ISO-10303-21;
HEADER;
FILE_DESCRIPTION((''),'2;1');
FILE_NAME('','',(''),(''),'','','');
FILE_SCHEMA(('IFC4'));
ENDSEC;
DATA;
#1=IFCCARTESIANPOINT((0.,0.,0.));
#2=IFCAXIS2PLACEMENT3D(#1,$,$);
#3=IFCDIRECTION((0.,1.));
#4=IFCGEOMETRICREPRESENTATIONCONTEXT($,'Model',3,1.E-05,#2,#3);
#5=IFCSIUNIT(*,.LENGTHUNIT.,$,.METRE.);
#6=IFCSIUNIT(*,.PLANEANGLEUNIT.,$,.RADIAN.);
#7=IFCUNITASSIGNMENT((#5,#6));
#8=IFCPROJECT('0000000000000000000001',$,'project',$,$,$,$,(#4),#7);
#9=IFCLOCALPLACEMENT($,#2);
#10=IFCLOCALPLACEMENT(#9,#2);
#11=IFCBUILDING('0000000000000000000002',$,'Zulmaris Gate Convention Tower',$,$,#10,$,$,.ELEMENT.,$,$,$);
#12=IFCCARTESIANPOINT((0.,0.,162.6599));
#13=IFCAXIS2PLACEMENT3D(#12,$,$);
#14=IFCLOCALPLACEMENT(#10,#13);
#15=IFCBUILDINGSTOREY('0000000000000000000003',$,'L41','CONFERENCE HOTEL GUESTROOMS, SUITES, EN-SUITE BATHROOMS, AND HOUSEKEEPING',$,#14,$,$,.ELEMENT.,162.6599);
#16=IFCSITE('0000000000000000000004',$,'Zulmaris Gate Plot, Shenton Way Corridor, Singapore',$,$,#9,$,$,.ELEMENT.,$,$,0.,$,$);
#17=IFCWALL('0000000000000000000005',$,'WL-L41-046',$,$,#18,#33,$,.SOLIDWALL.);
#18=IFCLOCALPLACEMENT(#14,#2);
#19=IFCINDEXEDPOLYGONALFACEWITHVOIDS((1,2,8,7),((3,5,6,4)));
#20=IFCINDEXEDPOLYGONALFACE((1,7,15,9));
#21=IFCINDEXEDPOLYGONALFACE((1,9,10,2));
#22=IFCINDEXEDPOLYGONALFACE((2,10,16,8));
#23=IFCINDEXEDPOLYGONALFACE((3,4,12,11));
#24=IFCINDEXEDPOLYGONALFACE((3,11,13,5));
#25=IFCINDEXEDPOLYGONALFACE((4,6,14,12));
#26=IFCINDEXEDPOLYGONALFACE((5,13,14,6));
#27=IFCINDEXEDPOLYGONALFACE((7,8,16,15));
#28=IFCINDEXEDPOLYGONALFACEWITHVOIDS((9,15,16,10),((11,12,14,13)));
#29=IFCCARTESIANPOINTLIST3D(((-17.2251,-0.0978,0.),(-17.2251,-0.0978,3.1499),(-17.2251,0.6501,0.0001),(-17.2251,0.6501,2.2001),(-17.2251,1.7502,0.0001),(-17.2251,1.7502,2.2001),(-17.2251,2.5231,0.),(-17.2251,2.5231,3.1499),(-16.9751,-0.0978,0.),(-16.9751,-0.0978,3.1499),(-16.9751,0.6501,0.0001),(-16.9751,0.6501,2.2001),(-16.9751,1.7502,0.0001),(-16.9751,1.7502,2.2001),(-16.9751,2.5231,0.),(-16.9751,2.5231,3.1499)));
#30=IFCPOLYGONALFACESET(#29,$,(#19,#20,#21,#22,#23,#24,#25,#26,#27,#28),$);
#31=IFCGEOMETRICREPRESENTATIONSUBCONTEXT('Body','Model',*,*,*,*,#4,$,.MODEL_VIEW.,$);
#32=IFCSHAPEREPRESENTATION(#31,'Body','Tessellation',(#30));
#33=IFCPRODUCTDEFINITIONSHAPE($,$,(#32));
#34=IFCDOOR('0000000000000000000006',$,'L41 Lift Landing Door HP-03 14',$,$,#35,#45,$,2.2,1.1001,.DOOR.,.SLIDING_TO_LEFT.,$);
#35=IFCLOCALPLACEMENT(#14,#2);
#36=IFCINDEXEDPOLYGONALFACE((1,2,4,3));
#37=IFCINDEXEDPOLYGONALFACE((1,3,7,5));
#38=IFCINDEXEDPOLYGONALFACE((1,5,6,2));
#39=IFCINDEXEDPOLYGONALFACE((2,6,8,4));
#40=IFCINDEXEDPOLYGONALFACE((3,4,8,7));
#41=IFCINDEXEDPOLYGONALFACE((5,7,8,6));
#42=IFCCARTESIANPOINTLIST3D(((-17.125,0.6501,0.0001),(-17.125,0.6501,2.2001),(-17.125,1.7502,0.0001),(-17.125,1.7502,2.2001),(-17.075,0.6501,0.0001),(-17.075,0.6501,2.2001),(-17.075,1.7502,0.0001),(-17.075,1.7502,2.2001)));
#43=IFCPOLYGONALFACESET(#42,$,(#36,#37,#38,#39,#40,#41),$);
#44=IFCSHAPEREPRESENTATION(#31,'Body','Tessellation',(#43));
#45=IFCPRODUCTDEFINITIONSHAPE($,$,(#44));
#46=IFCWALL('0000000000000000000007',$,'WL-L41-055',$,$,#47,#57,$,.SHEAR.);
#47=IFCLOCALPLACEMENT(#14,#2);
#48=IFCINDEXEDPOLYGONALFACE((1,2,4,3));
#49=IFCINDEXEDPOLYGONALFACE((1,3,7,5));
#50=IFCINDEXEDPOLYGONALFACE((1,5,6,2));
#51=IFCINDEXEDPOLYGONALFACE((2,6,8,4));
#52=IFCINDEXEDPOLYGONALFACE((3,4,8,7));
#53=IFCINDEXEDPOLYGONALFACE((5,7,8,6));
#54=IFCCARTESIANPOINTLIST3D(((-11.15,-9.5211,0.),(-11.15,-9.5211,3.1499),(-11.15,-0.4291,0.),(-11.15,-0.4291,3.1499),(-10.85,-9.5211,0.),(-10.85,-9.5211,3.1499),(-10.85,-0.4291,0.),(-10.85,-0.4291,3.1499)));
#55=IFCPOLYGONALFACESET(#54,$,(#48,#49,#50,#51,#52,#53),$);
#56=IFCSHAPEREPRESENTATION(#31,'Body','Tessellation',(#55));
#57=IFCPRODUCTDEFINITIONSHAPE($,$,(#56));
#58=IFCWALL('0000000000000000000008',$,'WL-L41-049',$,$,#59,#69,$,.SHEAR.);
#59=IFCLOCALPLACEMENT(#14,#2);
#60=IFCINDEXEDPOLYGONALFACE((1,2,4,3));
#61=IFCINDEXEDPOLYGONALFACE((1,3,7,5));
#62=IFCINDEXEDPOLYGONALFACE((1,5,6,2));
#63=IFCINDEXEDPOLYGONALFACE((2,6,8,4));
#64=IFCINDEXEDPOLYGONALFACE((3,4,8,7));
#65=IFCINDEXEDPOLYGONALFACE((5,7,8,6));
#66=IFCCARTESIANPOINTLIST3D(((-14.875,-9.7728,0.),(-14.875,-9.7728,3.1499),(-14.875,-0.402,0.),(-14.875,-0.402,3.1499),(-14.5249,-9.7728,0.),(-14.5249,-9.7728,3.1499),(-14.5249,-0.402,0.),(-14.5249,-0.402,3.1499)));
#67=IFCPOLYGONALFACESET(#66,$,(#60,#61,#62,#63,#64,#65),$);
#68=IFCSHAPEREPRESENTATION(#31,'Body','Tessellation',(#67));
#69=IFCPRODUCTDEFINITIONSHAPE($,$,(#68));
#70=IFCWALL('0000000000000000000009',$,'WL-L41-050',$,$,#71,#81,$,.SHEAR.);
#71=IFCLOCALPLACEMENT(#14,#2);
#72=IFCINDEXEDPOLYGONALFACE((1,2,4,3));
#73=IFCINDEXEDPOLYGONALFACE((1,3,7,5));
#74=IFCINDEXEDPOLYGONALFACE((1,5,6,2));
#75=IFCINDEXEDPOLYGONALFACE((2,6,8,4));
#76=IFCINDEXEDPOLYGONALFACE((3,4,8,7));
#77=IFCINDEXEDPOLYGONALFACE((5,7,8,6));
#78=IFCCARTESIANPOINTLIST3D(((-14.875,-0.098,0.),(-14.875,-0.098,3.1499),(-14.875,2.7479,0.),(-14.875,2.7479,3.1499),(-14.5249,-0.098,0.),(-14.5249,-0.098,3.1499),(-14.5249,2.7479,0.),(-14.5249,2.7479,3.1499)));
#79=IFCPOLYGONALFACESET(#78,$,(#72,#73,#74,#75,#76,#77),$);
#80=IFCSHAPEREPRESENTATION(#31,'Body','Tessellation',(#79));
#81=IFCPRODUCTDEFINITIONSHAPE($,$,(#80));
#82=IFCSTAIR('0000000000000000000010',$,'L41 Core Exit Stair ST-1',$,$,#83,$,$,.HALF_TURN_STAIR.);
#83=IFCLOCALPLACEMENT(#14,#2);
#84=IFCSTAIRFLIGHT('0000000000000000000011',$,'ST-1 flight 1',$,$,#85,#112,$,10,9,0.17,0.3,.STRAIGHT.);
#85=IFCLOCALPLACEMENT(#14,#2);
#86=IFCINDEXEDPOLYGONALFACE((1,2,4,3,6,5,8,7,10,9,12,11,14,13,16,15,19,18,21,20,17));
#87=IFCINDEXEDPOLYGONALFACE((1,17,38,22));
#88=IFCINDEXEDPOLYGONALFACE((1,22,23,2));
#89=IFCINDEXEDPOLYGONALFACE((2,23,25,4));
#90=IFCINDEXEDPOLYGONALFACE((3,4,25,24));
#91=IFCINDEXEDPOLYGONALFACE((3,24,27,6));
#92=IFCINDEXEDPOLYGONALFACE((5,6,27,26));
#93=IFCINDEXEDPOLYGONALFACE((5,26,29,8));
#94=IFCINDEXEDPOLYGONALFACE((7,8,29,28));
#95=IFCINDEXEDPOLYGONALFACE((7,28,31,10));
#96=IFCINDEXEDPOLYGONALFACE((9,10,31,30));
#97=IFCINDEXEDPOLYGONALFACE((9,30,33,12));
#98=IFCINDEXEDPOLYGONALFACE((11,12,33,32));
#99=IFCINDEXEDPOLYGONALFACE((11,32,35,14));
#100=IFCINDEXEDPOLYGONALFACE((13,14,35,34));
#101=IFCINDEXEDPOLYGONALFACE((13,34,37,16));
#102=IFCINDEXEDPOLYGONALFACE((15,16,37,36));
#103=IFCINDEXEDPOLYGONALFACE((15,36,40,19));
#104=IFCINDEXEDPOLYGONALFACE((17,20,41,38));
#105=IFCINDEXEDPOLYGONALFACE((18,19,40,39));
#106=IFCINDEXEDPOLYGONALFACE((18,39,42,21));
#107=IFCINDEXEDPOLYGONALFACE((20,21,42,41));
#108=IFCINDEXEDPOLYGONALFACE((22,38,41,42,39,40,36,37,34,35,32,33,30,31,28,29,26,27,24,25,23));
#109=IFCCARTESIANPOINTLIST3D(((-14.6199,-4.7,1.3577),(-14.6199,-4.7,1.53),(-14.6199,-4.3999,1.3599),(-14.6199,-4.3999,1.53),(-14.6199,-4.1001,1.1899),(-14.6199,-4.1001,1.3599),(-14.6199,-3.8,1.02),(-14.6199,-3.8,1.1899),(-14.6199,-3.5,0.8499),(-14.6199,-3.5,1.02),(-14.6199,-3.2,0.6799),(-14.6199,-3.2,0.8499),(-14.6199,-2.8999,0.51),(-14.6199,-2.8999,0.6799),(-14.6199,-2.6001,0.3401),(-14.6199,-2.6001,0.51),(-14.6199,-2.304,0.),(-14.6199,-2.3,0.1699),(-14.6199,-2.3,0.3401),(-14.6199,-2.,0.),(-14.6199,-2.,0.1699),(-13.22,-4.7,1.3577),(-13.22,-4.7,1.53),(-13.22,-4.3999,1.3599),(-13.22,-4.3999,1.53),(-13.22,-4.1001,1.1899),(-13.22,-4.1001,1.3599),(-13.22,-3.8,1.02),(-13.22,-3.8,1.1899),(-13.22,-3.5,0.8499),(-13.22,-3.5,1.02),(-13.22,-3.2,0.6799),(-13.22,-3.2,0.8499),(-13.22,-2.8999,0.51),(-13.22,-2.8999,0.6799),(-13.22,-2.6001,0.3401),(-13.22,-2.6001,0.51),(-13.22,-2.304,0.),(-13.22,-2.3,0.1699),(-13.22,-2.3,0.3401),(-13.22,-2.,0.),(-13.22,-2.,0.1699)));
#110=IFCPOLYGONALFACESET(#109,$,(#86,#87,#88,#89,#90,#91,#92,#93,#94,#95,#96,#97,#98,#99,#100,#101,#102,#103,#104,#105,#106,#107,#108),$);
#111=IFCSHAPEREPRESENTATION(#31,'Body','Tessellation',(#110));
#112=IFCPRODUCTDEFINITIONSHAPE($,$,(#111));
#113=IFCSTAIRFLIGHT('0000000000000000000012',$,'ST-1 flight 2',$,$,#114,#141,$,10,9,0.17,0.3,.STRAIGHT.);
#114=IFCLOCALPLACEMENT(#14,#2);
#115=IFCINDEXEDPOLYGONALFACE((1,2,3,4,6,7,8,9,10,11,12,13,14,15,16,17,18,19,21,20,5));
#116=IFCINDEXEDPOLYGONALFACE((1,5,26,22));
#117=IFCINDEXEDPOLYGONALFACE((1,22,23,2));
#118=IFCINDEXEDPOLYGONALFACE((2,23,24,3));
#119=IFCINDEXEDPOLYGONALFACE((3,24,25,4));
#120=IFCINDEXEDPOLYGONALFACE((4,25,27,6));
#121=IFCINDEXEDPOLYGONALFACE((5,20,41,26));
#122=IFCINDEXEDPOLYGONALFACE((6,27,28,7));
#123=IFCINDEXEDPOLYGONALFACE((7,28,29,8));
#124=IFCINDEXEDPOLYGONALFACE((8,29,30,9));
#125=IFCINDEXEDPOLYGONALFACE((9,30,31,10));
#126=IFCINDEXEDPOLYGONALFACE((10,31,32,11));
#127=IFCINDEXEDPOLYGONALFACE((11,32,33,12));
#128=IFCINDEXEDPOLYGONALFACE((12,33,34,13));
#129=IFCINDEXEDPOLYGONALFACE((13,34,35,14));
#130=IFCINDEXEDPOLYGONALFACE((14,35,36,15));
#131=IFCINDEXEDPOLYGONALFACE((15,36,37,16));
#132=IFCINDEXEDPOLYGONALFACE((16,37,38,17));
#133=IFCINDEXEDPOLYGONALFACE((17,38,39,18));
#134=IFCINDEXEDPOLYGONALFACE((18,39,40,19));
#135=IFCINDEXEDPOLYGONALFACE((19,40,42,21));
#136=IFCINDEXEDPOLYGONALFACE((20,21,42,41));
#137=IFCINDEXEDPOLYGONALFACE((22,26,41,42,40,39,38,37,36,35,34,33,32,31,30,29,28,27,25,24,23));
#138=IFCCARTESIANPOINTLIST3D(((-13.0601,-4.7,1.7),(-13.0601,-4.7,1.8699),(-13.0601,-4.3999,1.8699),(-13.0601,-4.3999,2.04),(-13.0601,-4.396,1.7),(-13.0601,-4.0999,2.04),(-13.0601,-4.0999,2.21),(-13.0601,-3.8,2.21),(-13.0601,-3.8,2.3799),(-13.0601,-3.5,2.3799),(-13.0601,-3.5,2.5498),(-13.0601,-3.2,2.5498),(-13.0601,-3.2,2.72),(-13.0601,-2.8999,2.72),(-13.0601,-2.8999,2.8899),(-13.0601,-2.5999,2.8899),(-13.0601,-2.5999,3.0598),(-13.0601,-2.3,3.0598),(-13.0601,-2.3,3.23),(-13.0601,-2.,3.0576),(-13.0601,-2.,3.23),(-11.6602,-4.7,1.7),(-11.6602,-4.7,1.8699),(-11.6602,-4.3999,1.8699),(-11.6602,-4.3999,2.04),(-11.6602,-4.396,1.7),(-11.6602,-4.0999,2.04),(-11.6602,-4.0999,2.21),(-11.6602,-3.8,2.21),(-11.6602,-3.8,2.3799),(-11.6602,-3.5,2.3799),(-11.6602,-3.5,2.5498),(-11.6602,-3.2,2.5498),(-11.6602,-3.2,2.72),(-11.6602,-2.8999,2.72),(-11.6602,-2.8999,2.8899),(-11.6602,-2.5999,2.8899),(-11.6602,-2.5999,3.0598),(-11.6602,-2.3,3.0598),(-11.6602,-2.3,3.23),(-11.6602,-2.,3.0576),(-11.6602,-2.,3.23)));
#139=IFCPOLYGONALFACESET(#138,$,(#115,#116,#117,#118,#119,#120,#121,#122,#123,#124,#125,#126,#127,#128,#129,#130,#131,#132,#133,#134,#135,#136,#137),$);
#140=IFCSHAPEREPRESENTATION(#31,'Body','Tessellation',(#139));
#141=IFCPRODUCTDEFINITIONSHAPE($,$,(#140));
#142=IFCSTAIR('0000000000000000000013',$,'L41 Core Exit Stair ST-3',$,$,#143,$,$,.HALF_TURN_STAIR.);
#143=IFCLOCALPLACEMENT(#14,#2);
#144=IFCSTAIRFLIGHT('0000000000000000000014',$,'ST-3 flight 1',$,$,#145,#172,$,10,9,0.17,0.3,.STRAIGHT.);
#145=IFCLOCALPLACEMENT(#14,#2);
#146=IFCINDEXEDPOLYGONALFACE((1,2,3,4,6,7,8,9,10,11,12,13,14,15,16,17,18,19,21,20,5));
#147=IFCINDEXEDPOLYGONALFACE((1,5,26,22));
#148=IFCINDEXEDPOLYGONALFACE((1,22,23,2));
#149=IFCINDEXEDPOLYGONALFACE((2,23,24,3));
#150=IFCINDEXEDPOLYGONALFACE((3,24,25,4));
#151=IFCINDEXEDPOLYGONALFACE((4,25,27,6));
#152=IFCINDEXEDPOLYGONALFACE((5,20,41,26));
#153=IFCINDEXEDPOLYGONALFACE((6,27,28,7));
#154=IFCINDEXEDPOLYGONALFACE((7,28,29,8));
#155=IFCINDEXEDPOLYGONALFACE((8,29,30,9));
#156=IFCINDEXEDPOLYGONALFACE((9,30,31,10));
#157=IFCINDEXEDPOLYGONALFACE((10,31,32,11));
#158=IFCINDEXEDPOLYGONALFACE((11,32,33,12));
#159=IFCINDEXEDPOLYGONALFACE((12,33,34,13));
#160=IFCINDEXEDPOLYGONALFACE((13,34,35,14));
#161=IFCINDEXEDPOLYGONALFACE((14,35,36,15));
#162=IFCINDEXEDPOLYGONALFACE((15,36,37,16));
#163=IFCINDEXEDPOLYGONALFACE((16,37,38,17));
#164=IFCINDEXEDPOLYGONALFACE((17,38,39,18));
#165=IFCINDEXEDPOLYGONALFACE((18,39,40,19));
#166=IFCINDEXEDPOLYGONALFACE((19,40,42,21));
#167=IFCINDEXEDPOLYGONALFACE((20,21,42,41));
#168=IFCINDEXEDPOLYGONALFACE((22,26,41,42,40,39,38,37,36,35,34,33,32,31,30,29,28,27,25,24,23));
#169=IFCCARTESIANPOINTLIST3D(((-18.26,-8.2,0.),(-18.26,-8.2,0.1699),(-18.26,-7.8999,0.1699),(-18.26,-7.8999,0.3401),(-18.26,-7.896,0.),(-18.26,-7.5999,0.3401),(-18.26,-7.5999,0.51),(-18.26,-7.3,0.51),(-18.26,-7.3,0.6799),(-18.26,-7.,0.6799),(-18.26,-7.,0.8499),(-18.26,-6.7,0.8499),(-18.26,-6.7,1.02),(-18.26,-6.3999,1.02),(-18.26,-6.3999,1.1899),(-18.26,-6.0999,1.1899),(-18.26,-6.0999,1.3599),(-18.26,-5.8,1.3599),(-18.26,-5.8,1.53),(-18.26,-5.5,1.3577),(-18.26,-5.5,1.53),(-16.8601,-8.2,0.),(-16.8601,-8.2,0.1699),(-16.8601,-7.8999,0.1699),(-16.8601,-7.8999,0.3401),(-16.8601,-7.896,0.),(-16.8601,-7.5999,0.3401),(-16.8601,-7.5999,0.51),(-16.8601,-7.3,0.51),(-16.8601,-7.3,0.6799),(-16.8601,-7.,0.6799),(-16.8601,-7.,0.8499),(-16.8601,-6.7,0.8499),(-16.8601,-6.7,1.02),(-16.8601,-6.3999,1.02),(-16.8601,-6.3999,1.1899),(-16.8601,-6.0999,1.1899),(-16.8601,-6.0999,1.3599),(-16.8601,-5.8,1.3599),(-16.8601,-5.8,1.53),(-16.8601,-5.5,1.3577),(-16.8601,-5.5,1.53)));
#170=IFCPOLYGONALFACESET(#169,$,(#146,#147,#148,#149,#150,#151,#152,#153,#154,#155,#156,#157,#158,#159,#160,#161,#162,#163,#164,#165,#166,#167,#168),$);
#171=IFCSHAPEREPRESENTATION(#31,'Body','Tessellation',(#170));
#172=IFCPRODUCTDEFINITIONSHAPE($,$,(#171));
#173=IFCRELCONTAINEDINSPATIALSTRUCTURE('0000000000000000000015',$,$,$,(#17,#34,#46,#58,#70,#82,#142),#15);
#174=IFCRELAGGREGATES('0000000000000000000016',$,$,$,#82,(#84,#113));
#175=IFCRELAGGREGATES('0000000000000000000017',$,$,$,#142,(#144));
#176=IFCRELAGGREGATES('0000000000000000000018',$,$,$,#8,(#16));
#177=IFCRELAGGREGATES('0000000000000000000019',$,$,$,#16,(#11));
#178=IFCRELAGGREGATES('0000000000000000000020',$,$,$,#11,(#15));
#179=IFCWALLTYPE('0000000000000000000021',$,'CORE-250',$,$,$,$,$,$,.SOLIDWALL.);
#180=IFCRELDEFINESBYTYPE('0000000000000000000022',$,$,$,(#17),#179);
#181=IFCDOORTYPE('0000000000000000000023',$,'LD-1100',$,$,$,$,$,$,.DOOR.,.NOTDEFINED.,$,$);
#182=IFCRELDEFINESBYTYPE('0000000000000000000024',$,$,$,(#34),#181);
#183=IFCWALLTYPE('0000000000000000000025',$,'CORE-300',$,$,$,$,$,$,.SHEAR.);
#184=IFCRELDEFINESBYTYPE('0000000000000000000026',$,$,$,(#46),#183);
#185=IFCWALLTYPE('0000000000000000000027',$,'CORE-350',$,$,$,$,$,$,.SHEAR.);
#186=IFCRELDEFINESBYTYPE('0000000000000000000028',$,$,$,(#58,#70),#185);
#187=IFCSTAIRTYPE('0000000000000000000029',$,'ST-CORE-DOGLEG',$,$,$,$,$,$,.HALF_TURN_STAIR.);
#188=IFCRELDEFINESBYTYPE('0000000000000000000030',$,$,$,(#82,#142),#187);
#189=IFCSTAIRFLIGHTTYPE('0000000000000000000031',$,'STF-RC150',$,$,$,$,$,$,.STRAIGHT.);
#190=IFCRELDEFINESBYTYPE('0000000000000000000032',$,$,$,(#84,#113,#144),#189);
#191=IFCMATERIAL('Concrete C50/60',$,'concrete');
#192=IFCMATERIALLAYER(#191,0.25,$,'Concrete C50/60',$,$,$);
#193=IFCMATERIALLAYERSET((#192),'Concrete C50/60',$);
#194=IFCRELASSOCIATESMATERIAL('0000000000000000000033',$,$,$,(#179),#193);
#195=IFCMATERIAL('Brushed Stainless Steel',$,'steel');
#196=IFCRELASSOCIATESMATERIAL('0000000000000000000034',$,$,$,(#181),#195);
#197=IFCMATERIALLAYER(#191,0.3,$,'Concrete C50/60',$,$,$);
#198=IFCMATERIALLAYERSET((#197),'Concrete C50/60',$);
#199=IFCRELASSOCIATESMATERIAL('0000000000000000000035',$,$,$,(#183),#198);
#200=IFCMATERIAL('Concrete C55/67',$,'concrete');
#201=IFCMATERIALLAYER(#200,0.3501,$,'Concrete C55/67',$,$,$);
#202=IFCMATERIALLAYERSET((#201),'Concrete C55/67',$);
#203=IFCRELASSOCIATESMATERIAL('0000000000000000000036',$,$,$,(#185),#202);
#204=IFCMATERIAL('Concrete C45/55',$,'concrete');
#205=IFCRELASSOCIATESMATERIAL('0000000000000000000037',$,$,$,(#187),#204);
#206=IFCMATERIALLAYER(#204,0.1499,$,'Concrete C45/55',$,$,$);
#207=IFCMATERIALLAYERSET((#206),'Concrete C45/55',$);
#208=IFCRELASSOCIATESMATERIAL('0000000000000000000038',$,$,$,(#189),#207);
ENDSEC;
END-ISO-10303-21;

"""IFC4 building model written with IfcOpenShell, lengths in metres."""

from ifc_helpers import new_model, si_unit, direction, frame, frame_2d, origin, place, context, subcontext, project, spatial, polyline, rectangle, outline, extrude, material, layer, layer_set, type_object, element, fill, aggregate, save


model = new_model("IFC4")

# Units and contexts
model_context = context("Model", 3, precision=1e-05, world=origin(), true_north=direction((0.0, 1.0)))
body_context = subcontext(model_context, "Body", "Model", "MODEL_VIEW")
ifc_project = project(units=[si_unit("LENGTHUNIT", "METRE"), si_unit("PLANEANGLEUNIT", "RADIAN")], contexts=[model_context])

# Site, building, storey
site_placement = place(None, origin())
site = spatial("IfcSite", under=ifc_project, at=site_placement, Name="Zulmaris Gate Plot, Shenton Way Corridor, Singapore", CompositionType="ELEMENT", RefElevation=0.0)
building_placement = place(site_placement, origin())
building = spatial("IfcBuilding", under=site, at=building_placement, Name="Zulmaris Gate Convention Tower", CompositionType="ELEMENT")
storey_placement = place(building_placement, frame((0.0, 0.0, 162.6599)))
storey = spatial("IfcBuildingStorey", under=building, at=storey_placement, Name="L41", Description="CONFERENCE HOTEL GUESTROOMS, SUITES, EN-SUITE BATHROOMS, AND HOUSEKEEPING", CompositionType="ELEMENT", Elevation=162.6599)

# Shared definitions
ifc_material_1 = material(Name="Concrete C50/60", Category="concrete")

# Wall, opening, door
ifc_layer_1 = layer(ifc_material_1, 0.25, Name="Concrete C50/60")
ifc_layer_set_1 = layer_set([ifc_layer_1], Name="Concrete C50/60")
wall_type_1 = type_object("IfcWallType", Name="CORE-250", PredefinedType="SOLIDWALL", material=ifc_layer_set_1)
wall_1_placement = place(storey_placement, frame((-17.1001, -0.0979, 0.0), z_axis=(0.0, 0.0, 1.0), x_axis=(0.0, 1.0, 0.0)))
wall_1 = element("IfcWall", 1, at=wall_1_placement, inside=storey, type_object=wall_type_1, Name="WL-L41-046", PredefinedType="SOLIDWALL", context=body_context, shape_type="SweptSolid", body=[
    extrude(rectangle(XDim=2.6208, YDim=0.25, at=frame_2d((1.3105, 0.0))), origin(), (0.0, 0.0, 1.0), 3.1499),
])
opening_placement = place(wall_1_placement, frame((0.748, 0.0, 0.0)))
opening = element("IfcOpeningElement", 2, at=opening_placement, cuts=wall_1, PredefinedType="OPENING", context=body_context, shape_type="SweptSolid", body=[
    extrude(rectangle(XDim=1.1001, YDim=2.2, at=frame_2d((0.55, 1.1001))), frame((0.0, 0.135, 0.0), z_axis=(0.0, -1.0, 0.0), x_axis=(1.0, 0.0, 0.0)), (0.0, 0.0, 1.0), 0.27),
])
ifc_material_2 = material(Name="Brushed Stainless Steel", Category="steel")
door_type = type_object("IfcDoorType", Name="LD-1100", OperationType="NOTDEFINED", PredefinedType="DOOR", material=ifc_material_2)
door_placement = place(opening_placement, origin())
door = element("IfcDoor", 3, at=door_placement, inside=storey, type_object=door_type, Name="L41 Lift Landing Door HP-03 14", OperationType="SLIDING_TO_LEFT", OverallHeight=2.2, OverallWidth=1.1001, PredefinedType="DOOR", context=body_context, shape_type="SweptSolid", body=[
    extrude(rectangle(XDim=1.1001, YDim=2.2, at=frame_2d((0.55, 1.1001))), frame((0.0, 0.0249, 0.0), z_axis=(0.0, -1.0, 0.0), x_axis=(1.0, 0.0, 0.0)), (0.0, 0.0, 1.0), 0.05),
])
fill(opening, door)

# Walls
ifc_layer_2 = layer(ifc_material_1, 0.3, Name="Concrete C50/60")
ifc_layer_set_2 = layer_set([ifc_layer_2], Name="Concrete C50/60")
wall_type_2 = type_object("IfcWallType", Name="CORE-300", PredefinedType="SHEAR", material=ifc_layer_set_2)
wall_2_placement = place(storey_placement, frame((-11.0, -9.521, 0.0), z_axis=(0.0, 0.0, 1.0), x_axis=(0.0, 1.0, 0.0)))
element("IfcWall", 4, at=wall_2_placement, inside=storey, type_object=wall_type_2, Name="WL-L41-055", PredefinedType="SHEAR", context=body_context, shape_type="SweptSolid", body=[
    extrude(rectangle(XDim=9.092, YDim=0.3, at=frame_2d((4.5459, 0.0))), origin(), (0.0, 0.0, 1.0), 3.1499),
])
ifc_material_3 = material(Name="Concrete C55/67", Category="concrete")
ifc_layer_3 = layer(ifc_material_3, 0.3501, Name="Concrete C55/67")
ifc_layer_set_3 = layer_set([ifc_layer_3], Name="Concrete C55/67")
wall_type_3 = type_object("IfcWallType", Name="CORE-350", PredefinedType="SHEAR", material=ifc_layer_set_3)
wall_3_placement = place(storey_placement, frame((-14.7, -9.7729, 0.0), z_axis=(0.0, 0.0, 1.0), x_axis=(0.0, 1.0, 0.0)))
element("IfcWall", 5, at=wall_3_placement, inside=storey, type_object=wall_type_3, Name="WL-L41-049", PredefinedType="SHEAR", context=body_context, shape_type="SweptSolid", body=[
    extrude(rectangle(XDim=9.3708, YDim=0.3501, at=frame_2d((4.6855, 0.0))), origin(), (0.0, 0.0, 1.0), 3.1499),
])
wall_4_placement = place(storey_placement, frame((-14.7, -0.0979, 0.0), z_axis=(0.0, 0.0, 1.0), x_axis=(0.0, 1.0, 0.0)))
element("IfcWall", 6, at=wall_4_placement, inside=storey, type_object=wall_type_3, Name="WL-L41-050", PredefinedType="SHEAR", context=body_context, shape_type="SweptSolid", body=[
    extrude(rectangle(XDim=2.8459, YDim=0.3501, at=frame_2d((1.4229, 0.0))), origin(), (0.0, 0.0, 1.0), 3.1499),
])

# Stair, stair flights
ifc_material_4 = material(Name="Concrete C45/55", Category="concrete")
stair_type = type_object("IfcStairType", Name="ST-CORE-DOGLEG", PredefinedType="HALF_TURN_STAIR", material=ifc_material_4)
stair_1_placement = place(storey_placement, origin())
stair_1 = element("IfcStair", 7, at=stair_1_placement, inside=storey, type_object=stair_type, Name="L41 Core Exit Stair ST-1", PredefinedType="HALF_TURN_STAIR")
ifc_layer_4 = layer(ifc_material_4, 0.1499, Name="Concrete C45/55")
ifc_layer_set_4 = layer_set([ifc_layer_4], Name="Concrete C45/55")
stair_flight_type = type_object("IfcStairFlightType", Name="STF-RC150", PredefinedType="STRAIGHT", material=ifc_layer_set_4)
stair_flight_1_placement = place(storey_placement, frame((-13.9199, -2.0, 0.0), z_axis=(0.0, 0.0, 1.0), x_axis=(0.0, -1.0, 0.0)))
stair_flight_1 = element("IfcStairFlight", 8, at=stair_flight_1_placement, type_object=stair_flight_type, Name="ST-1 flight 1", NumberOfRisers=10, NumberOfTreads=9, PredefinedType="STRAIGHT", RiserHeight=0.17, TreadLength=0.3, context=body_context, shape_type="SweptSolid", body=[
    extrude(outline(polyline([(0.0, 0.0), (0.0, 0.1699), (0.3, 0.1699), (0.3, 0.3401), (0.6001, 0.3401), (0.6001, 0.51), (0.8999, 0.51), (0.8999, 0.6799), (1.2, 0.6799), (1.2, 0.8499), (1.5, 0.8499), (1.5, 1.02), (1.8, 1.02), (1.8, 1.1899), (2.1001, 1.1899), (2.1001, 1.3599), (2.3999, 1.3599), (2.3999, 1.53), (2.7, 1.53), (2.7, 1.7), (2.7, 1.3577), (0.304, 0.0), (0.0, 0.0)])), frame((0.0, 0.7, 0.0), z_axis=(0.0, -1.0, 0.0), x_axis=(1.0, 0.0, 0.0)), (0.0, 0.0, 1.0), 1.3999),
])
stair_flight_2_placement = place(storey_placement, frame((-12.3601, -4.7, 1.7), z_axis=(0.0, 0.0, 1.0), x_axis=(0.0, 1.0, 0.0)))
stair_flight_2 = element("IfcStairFlight", 9, at=stair_flight_2_placement, type_object=stair_flight_type, Name="ST-1 flight 2", NumberOfRisers=10, NumberOfTreads=9, PredefinedType="STRAIGHT", RiserHeight=0.17, TreadLength=0.3, context=body_context, shape_type="SweptSolid", body=[
    extrude(outline(polyline([(0.0, 0.0), (0.0, 0.1699), (0.3, 0.1699), (0.3, 0.3401), (0.6001, 0.3401), (0.6001, 0.51), (0.8999, 0.51), (0.8999, 0.6799), (1.2, 0.6799), (1.2, 0.8499), (1.5, 0.8499), (1.5, 1.02), (1.8, 1.02), (1.8, 1.1899), (2.1001, 1.1899), (2.1001, 1.3599), (2.3999, 1.3599), (2.3999, 1.53), (2.7, 1.53), (2.7, 1.7), (2.7, 1.3577), (0.304, 0.0), (0.0, 0.0)])), frame((0.0, 0.7, 0.0), z_axis=(0.0, -1.0, 0.0), x_axis=(1.0, 0.0, 0.0)), (0.0, 0.0, 1.0), 1.3999),
])
aggregate(stair_1, [stair_flight_1, stair_flight_2])

# Stair, stair flight
stair_2_placement = place(storey_placement, origin())
stair_2 = element("IfcStair", 10, at=stair_2_placement, inside=storey, type_object=stair_type, Name="L41 Core Exit Stair ST-3", PredefinedType="HALF_TURN_STAIR")
stair_flight_3_placement = place(storey_placement, frame((-17.5601, -8.2, 0.0), z_axis=(0.0, 0.0, 1.0), x_axis=(0.0, 1.0, 0.0)))
stair_flight_3 = element("IfcStairFlight", 11, at=stair_flight_3_placement, type_object=stair_flight_type, Name="ST-3 flight 1", NumberOfRisers=10, NumberOfTreads=9, PredefinedType="STRAIGHT", RiserHeight=0.17, TreadLength=0.3, context=body_context, shape_type="SweptSolid", body=[
    extrude(outline(polyline([(0.0, 0.0), (0.0, 0.1699), (0.3, 0.1699), (0.3, 0.3401), (0.6001, 0.3401), (0.6001, 0.51), (0.8999, 0.51), (0.8999, 0.6799), (1.2, 0.6799), (1.2, 0.8499), (1.5, 0.8499), (1.5, 1.02), (1.8, 1.02), (1.8, 1.1899), (2.1001, 1.1899), (2.1001, 1.3599), (2.3999, 1.3599), (2.3999, 1.53), (2.7, 1.53), (2.7, 1.7), (2.7, 1.3577), (0.304, 0.0), (0.0, 0.0)])), frame((0.0, 0.7, 0.0), z_axis=(0.0, -1.0, 0.0), x_axis=(1.0, 0.0, 0.0)), (0.0, 0.0, 1.0), 1.3999),
])
aggregate(stair_2, [stair_flight_3])

save(model, "model.ifc")
